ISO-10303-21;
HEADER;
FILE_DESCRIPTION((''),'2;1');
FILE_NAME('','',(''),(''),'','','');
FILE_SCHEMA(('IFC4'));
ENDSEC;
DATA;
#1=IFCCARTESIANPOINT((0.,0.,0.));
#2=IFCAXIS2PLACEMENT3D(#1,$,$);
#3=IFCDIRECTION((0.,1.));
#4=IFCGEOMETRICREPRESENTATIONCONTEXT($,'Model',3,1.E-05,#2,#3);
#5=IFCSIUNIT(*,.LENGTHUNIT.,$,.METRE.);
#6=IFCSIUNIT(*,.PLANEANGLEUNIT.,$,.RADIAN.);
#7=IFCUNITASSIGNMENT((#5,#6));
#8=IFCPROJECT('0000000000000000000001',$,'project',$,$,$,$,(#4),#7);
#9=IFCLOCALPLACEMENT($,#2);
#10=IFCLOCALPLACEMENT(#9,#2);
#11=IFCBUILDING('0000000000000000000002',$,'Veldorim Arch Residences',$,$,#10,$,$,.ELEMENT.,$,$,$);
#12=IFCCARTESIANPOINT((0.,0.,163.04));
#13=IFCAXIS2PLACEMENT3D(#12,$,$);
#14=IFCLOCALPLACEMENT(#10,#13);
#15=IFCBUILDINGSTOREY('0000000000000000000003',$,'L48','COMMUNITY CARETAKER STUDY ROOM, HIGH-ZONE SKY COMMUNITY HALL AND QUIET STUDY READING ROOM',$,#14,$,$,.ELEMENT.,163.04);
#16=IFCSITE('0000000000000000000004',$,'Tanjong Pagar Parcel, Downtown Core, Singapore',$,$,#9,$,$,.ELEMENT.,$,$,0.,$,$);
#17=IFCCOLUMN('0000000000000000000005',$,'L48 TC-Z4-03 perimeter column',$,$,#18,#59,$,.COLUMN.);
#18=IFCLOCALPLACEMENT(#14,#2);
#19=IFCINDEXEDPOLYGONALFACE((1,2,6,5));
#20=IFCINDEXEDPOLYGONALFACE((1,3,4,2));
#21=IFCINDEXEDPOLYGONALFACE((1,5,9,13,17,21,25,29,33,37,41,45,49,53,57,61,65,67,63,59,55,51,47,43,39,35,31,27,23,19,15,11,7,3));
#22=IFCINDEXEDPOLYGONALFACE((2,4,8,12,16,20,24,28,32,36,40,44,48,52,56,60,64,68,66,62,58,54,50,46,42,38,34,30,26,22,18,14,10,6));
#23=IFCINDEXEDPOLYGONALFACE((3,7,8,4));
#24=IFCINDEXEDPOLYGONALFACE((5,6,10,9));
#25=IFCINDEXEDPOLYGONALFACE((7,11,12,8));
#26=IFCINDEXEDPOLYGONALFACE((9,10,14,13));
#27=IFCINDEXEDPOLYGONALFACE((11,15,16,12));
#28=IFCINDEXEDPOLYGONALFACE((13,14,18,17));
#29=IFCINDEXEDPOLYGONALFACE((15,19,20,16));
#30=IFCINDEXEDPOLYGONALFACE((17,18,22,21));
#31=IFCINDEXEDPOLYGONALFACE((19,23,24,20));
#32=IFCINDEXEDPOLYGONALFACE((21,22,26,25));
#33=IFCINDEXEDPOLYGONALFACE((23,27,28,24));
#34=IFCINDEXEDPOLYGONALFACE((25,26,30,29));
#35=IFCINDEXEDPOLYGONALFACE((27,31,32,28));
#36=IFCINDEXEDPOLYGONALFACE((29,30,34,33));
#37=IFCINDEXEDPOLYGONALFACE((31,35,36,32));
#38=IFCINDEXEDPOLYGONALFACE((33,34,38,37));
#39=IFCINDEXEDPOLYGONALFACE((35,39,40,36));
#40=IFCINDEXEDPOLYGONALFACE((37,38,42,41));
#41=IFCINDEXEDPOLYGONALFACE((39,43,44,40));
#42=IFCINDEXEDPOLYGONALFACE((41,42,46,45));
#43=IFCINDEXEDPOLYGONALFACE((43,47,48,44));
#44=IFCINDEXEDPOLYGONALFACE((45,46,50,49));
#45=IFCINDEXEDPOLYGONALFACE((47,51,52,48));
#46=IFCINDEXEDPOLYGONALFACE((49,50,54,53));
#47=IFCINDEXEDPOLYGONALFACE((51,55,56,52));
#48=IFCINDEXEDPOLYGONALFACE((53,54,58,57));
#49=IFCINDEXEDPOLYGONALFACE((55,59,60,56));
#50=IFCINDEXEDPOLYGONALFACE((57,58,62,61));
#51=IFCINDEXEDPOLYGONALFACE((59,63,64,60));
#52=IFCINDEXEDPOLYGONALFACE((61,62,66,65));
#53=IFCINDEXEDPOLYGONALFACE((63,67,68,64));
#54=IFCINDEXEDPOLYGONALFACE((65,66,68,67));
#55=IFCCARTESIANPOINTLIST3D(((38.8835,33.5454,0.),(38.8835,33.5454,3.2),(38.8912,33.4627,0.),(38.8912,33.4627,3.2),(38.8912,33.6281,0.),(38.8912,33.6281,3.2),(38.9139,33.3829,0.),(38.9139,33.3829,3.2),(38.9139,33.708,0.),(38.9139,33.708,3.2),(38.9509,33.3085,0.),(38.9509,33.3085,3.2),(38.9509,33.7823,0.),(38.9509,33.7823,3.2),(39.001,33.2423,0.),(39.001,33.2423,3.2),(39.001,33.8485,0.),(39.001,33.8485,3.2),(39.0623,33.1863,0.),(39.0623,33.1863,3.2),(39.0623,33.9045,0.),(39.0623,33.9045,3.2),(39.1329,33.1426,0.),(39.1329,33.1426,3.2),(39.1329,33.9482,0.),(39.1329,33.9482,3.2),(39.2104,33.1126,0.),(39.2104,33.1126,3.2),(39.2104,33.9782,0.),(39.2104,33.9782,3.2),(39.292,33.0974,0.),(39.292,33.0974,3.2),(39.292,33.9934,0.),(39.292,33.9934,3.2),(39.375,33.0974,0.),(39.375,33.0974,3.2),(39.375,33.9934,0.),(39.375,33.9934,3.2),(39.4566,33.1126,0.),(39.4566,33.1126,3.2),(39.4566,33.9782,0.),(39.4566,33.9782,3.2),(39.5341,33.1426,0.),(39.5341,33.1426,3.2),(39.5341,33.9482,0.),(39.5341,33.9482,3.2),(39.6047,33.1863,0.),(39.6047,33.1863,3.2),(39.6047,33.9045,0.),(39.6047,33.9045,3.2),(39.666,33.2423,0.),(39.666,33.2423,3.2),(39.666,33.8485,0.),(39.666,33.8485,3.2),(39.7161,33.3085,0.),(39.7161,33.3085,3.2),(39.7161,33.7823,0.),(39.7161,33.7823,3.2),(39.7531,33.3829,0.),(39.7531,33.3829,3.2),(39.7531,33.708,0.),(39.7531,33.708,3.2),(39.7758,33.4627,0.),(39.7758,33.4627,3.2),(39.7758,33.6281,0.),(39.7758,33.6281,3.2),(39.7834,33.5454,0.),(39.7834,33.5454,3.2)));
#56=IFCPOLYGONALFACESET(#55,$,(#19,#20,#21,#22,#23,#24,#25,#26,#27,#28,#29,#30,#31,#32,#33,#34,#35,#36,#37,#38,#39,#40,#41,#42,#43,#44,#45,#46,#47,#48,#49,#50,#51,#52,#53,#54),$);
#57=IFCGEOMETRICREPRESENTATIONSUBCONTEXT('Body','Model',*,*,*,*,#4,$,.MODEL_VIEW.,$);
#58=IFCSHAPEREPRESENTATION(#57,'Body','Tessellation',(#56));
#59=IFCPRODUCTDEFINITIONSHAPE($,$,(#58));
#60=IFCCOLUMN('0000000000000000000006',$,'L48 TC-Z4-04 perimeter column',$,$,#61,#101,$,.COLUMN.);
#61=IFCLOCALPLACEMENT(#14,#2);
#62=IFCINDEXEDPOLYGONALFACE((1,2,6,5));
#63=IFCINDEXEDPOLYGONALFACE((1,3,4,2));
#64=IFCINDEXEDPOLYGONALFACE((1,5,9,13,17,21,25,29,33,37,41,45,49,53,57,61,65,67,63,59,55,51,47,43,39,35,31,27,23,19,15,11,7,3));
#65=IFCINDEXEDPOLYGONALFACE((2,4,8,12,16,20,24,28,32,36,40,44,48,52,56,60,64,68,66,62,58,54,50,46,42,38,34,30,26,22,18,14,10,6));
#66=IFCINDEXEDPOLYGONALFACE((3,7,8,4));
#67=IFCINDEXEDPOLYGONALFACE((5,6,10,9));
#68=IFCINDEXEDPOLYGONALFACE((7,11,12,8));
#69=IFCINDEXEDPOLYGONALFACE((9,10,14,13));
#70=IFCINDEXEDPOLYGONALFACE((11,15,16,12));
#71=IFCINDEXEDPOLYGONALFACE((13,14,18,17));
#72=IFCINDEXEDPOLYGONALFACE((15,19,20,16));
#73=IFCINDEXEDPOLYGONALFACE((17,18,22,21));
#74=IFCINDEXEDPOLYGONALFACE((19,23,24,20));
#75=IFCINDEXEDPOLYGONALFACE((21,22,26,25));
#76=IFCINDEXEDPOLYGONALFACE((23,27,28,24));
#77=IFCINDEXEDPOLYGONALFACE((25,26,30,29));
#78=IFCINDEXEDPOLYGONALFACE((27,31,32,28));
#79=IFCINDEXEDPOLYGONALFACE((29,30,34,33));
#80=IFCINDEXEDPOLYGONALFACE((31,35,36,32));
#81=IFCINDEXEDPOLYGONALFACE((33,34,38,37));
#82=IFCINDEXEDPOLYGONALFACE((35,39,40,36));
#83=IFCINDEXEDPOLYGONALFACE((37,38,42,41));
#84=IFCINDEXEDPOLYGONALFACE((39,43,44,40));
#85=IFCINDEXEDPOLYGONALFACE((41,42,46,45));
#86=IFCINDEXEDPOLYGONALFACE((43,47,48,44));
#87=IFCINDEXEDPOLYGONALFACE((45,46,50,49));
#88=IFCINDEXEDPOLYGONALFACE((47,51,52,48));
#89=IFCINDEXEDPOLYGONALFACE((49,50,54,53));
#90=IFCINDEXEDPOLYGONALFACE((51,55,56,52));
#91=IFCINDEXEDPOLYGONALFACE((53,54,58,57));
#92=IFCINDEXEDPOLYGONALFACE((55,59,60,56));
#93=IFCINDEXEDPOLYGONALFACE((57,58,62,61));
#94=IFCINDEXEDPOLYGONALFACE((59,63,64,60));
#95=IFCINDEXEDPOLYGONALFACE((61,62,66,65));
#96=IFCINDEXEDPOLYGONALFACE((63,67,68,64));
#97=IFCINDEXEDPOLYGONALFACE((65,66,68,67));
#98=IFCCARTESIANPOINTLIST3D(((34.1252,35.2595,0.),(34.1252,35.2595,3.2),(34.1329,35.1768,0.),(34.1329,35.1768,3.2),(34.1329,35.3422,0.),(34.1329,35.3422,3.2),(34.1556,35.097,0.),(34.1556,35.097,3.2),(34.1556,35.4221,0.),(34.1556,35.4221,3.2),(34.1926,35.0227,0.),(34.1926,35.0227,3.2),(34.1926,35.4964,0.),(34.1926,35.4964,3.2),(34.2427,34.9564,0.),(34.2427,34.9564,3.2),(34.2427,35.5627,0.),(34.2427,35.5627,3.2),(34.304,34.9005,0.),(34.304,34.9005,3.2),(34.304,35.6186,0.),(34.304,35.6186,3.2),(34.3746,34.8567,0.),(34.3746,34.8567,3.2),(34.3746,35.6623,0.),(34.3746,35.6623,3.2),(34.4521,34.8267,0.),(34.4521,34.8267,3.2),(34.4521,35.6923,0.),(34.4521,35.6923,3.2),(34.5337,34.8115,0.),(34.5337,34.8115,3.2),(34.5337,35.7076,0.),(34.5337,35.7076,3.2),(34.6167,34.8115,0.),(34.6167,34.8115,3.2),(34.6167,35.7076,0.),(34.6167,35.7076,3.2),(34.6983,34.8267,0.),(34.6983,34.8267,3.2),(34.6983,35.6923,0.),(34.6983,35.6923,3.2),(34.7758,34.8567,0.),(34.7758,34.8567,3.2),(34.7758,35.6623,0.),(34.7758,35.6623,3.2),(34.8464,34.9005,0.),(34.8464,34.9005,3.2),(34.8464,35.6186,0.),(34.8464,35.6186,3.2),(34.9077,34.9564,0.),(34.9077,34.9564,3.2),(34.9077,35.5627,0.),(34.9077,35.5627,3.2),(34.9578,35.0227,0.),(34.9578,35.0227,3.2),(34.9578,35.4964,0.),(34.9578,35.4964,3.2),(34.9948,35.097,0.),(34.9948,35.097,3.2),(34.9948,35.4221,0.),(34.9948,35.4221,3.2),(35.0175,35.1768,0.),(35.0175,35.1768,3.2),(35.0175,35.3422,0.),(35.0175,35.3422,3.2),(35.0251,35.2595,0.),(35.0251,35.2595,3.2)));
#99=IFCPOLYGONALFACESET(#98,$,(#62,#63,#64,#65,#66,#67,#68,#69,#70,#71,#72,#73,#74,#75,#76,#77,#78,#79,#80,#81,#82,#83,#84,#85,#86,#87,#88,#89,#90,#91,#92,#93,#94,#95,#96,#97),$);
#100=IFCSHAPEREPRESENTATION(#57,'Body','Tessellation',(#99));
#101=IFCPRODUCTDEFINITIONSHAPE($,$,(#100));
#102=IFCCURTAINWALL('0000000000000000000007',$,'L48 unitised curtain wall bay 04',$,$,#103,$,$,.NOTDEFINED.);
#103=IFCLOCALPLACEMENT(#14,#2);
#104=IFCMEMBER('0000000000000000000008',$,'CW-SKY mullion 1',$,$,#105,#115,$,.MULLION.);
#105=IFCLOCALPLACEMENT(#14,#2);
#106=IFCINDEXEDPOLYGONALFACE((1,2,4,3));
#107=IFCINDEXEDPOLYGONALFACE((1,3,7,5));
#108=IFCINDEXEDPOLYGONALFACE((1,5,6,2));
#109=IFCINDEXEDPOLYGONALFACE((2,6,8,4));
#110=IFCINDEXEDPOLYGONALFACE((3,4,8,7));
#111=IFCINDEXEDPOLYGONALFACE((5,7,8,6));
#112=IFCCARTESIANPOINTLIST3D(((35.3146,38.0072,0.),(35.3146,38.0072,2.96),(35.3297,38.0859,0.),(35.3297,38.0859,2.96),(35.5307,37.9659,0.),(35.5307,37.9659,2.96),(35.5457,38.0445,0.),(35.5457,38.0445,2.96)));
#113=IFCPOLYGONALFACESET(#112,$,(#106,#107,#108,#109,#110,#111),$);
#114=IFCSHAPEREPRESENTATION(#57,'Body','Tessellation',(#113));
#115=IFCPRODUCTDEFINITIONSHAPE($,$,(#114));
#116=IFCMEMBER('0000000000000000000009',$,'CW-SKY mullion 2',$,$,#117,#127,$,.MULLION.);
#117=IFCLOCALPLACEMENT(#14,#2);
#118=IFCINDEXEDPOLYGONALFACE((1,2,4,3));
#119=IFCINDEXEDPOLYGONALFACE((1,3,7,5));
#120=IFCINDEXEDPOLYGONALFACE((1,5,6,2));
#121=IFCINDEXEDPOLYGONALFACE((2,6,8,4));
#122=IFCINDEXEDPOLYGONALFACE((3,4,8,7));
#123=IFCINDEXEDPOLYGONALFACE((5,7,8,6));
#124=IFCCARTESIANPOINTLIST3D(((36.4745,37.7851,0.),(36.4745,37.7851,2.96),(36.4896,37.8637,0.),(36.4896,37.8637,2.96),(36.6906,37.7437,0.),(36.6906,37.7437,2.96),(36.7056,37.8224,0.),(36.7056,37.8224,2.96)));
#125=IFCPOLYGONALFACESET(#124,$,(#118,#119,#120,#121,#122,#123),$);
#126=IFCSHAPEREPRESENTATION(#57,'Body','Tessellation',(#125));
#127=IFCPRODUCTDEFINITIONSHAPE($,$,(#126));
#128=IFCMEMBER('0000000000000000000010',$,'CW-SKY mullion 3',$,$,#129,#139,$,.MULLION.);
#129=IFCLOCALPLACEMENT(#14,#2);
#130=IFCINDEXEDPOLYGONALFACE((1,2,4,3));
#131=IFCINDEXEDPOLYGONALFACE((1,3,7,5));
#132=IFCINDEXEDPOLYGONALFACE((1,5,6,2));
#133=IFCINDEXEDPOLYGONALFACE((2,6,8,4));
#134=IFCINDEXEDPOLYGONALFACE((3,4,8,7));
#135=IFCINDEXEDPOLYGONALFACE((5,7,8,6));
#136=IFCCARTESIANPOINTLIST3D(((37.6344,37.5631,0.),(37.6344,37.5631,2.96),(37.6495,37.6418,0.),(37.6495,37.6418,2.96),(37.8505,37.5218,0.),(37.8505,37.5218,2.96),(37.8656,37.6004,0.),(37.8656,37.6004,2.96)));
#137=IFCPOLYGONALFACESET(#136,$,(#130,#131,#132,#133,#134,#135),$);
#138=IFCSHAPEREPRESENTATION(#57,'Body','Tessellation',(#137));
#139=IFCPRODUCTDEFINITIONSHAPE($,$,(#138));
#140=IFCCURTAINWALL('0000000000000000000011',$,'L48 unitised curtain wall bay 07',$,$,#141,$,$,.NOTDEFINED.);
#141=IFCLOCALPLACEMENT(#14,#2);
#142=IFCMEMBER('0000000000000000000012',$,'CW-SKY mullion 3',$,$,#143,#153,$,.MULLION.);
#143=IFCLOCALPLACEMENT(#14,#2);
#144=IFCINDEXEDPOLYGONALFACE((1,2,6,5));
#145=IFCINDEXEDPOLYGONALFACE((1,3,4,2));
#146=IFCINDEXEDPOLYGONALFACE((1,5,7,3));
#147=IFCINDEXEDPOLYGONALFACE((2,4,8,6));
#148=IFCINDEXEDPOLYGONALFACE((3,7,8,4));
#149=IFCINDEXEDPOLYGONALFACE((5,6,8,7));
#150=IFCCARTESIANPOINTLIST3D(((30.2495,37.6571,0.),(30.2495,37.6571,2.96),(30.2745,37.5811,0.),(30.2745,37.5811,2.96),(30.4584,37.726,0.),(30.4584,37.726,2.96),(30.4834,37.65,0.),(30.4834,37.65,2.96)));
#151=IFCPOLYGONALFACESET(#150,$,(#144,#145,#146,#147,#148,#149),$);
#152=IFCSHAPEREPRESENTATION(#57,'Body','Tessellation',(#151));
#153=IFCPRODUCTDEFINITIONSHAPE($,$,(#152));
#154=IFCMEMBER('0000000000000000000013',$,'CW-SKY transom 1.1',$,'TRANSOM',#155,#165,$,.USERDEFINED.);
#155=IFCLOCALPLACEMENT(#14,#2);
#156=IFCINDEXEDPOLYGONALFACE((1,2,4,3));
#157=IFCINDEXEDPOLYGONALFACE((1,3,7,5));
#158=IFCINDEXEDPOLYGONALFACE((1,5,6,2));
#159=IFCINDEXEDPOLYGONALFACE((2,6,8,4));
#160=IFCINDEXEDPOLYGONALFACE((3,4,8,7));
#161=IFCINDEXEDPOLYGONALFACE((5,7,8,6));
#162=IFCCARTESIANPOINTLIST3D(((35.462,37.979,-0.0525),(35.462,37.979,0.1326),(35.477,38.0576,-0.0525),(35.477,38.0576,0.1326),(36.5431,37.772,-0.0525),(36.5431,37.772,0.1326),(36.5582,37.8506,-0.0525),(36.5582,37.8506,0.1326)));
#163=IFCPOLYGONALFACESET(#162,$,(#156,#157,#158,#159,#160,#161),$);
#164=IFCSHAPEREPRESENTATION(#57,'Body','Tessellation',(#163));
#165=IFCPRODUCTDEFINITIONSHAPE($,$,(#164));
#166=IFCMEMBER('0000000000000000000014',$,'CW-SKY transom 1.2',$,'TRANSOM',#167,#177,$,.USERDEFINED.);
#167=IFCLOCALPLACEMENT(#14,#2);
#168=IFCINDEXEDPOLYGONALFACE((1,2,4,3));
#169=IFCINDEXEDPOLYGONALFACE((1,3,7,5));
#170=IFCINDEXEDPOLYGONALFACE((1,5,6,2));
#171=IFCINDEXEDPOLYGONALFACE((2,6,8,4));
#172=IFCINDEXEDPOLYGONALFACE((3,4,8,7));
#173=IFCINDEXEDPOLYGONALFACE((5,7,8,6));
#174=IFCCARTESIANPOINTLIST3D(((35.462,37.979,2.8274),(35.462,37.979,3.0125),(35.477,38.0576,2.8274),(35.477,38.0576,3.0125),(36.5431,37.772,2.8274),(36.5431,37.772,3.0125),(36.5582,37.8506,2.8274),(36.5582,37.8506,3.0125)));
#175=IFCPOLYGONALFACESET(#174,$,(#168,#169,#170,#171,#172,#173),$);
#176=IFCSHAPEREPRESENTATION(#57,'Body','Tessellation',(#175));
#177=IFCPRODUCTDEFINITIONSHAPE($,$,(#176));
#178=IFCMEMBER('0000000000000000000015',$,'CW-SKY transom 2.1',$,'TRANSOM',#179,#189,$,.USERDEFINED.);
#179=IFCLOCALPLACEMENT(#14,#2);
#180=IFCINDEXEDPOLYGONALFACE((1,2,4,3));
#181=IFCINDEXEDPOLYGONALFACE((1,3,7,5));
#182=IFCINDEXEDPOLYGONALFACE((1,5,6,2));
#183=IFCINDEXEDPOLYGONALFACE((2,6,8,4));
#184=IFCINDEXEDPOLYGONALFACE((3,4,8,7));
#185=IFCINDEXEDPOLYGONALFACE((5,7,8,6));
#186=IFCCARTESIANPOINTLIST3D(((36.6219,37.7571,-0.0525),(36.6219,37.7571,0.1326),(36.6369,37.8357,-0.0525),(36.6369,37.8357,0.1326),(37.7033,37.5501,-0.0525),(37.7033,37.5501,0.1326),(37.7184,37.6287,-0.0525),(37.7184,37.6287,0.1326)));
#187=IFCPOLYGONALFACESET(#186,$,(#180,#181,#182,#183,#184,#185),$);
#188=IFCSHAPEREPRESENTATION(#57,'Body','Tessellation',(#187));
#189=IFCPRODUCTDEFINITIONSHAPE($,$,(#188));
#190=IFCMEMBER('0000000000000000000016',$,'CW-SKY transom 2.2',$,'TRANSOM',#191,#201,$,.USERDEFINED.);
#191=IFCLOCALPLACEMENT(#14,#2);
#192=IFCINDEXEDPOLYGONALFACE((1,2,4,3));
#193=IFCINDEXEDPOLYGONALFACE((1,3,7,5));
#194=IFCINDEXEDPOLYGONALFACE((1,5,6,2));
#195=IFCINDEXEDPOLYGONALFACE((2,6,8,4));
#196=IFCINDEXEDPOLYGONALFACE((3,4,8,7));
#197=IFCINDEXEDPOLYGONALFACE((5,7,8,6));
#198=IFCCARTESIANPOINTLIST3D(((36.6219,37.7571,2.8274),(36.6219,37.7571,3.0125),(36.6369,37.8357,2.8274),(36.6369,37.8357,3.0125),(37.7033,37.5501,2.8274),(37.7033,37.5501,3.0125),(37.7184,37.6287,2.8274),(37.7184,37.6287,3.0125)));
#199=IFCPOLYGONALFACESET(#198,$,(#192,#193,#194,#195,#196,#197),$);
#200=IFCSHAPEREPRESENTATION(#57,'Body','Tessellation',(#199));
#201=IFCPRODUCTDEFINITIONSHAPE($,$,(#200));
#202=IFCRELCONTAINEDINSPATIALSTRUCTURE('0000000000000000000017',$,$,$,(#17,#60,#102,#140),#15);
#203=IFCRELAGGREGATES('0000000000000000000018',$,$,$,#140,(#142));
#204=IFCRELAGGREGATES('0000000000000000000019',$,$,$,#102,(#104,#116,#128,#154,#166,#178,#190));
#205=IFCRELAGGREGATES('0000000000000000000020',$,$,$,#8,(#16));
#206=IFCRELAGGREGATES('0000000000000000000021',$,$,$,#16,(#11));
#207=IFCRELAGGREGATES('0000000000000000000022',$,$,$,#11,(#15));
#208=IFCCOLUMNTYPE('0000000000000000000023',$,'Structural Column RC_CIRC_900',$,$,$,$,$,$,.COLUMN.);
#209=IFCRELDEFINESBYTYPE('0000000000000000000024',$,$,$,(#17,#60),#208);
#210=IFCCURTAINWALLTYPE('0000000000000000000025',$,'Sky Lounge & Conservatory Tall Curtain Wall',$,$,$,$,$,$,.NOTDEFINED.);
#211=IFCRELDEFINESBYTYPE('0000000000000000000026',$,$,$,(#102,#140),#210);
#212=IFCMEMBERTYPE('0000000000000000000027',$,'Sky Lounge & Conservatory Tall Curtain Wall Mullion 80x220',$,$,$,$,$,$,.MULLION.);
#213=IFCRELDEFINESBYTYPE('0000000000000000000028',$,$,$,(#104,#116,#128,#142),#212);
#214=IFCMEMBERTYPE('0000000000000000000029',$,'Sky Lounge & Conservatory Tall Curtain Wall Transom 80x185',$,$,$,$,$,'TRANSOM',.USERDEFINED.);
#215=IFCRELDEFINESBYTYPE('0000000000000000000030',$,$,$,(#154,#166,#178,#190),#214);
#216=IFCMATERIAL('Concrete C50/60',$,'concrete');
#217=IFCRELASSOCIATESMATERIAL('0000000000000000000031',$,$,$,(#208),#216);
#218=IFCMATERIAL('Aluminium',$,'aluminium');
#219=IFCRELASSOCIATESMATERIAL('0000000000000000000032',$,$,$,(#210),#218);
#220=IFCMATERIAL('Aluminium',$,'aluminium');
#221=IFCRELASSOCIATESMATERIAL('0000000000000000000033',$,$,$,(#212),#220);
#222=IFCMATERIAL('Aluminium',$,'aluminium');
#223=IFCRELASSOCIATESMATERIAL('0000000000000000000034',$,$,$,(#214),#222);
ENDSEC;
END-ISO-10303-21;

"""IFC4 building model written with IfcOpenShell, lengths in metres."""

from ifc_helpers import new_model, si_unit, direction, frame, origin, origin_2d, place, context, subcontext, project, spatial, rectangle, circle, extrude, material, material_profile, profile_set, type_object, element, aggregate, save


model = new_model("IFC4")

# Units and contexts
model_context = context("Model", 3, precision=1e-05, world=origin(), true_north=direction((0.0, 1.0)))
body_context = subcontext(model_context, "Body", "Model", "MODEL_VIEW")
ifc_project = project(units=[si_unit("LENGTHUNIT", "METRE"), si_unit("PLANEANGLEUNIT", "RADIAN")], contexts=[model_context])

# Site, building, storey
site_placement = place(None, origin())
site = spatial("IfcSite", under=ifc_project, at=site_placement, Name="Tanjong Pagar Parcel, Downtown Core, Singapore", CompositionType="ELEMENT", RefElevation=0.0)
building_placement = place(site_placement, origin())
building = spatial("IfcBuilding", under=site, at=building_placement, Name="Veldorim Arch Residences", CompositionType="ELEMENT")
storey_placement = place(building_placement, frame((0.0, 0.0, 163.04)))
storey = spatial("IfcBuildingStorey", under=building, at=storey_placement, Name="L48", Description="COMMUNITY CARETAKER STUDY ROOM, HIGH-ZONE SKY COMMUNITY HALL AND QUIET STUDY READING ROOM", CompositionType="ELEMENT", Elevation=163.04)

# Columns
ifc_material_1 = material(Name="Concrete C50/60", Category="concrete")
ifc_material_profile_1 = material_profile(ifc_material_1, circle(Radius=0.45, at=origin_2d()), Name="RC_CIRC_900")
ifc_profile_set_1 = profile_set([ifc_material_profile_1], Name="Concrete C50/60")
column_type = type_object("IfcColumnType", Name="Structural Column RC_CIRC_900", PredefinedType="COLUMN", material=ifc_profile_set_1)
for number, where, z_axis, x_axis, name in (
    (1, (39.3335, 33.5454, 0.0), (0.0, 0.0, 1.0), (1.0, 0.0, 0.0), "L48 TC-Z4-03 perimeter column"),
    (2, (34.5752, 35.2595, 0.0), (0.0, 0.0, 1.0), (1.0, 0.0, 0.0), "L48 TC-Z4-04 perimeter column"),
):
    element("IfcColumn", number, at=place(storey_placement, frame(where, z_axis=z_axis, x_axis=x_axis)), inside=storey, type_object=column_type, Name=name, PredefinedType="COLUMN", context=body_context, shape_type="SweptSolid", body=[
        extrude(circle(Radius=0.45, at=origin_2d()), origin(), (0.0, 0.0, 1.0), 3.2),
    ])

# Curtain wall, members
ifc_material_2 = material(Name="Aluminium", Category="aluminium")
curtain_wall_type = type_object("IfcCurtainWallType", Name="Sky Lounge & Conservatory Tall Curtain Wall", PredefinedType="NOTDEFINED", material=ifc_material_2)
curtain_wall_1_placement = place(storey_placement, origin())
curtain_wall_1 = element("IfcCurtainWall", 3, at=curtain_wall_1_placement, inside=storey, type_object=curtain_wall_type, Name="L48 unitised curtain wall bay 04", PredefinedType="NOTDEFINED")
ifc_material_3 = material(Name="Aluminium", Category="aluminium")
ifc_material_profile_2 = material_profile(ifc_material_3, rectangle(XDim=0.0801, YDim=0.22, at=origin_2d()), Name="ALU_MUL_80x220")
ifc_profile_set_2 = profile_set([ifc_material_profile_2], Name="Aluminium")
member_type_1 = type_object("IfcMemberType", Name="Sky Lounge & Conservatory Tall Curtain Wall Mullion 80x220", PredefinedType="MULLION", material=ifc_profile_set_2)
member_1_placement = place(storey_placement, frame((35.4302, 38.0259, 0.0), z_axis=(0.0, 0.0, 1.0), x_axis=(0.187959, 0.982177, 0.0)))
member_1 = element("IfcMember", 4, at=member_1_placement, type_object=member_type_1, Name="CW-SKY mullion 1", PredefinedType="MULLION", context=body_context, shape_type="SweptSolid", body=[
    extrude(rectangle(XDim=0.0801, YDim=0.22, at=origin_2d()), origin(), (0.0, 0.0, 1.0), 2.96),
])
member_2_placement = place(storey_placement, frame((36.5901, 37.8037, 0.0), z_axis=(0.0, 0.0, 1.0), x_axis=(0.187959, 0.982177, 0.0)))
member_2 = element("IfcMember", 5, at=member_2_placement, type_object=member_type_1, Name="CW-SKY mullion 2", PredefinedType="MULLION", context=body_context, shape_type="SweptSolid", body=[
    extrude(rectangle(XDim=0.0801, YDim=0.22, at=origin_2d()), origin(), (0.0, 0.0, 1.0), 2.96),
])
member_3_placement = place(storey_placement, frame((37.75, 37.5818, 0.0), z_axis=(0.0, 0.0, 1.0), x_axis=(0.187959, 0.982177, 0.0)))
member_3 = element("IfcMember", 6, at=member_3_placement, type_object=member_type_1, Name="CW-SKY mullion 3", PredefinedType="MULLION", context=body_context, shape_type="SweptSolid", body=[
    extrude(rectangle(XDim=0.0801, YDim=0.22, at=origin_2d()), origin(), (0.0, 0.0, 1.0), 2.96),
])

# Curtain wall, member
curtain_wall_2_placement = place(storey_placement, origin())
curtain_wall_2 = element("IfcCurtainWall", 7, at=curtain_wall_2_placement, inside=storey, type_object=curtain_wall_type, Name="L48 unitised curtain wall bay 07", PredefinedType="NOTDEFINED")
member_4_placement = place(storey_placement, frame((30.3665, 37.6536, 0.0), z_axis=(0.0, 0.0, 1.0), x_axis=(-0.313182, 0.949693, 0.0)))
member_4 = element("IfcMember", 8, at=member_4_placement, type_object=member_type_1, Name="CW-SKY mullion 3", PredefinedType="MULLION", context=body_context, shape_type="SweptSolid", body=[
    extrude(rectangle(XDim=0.0801, YDim=0.22, at=origin_2d()), origin(), (0.0, 0.0, 1.0), 2.96),
])
aggregate(curtain_wall_2, [member_4])

# Members
ifc_material_4 = material(Name="Aluminium", Category="aluminium")
ifc_material_profile_3 = material_profile(ifc_material_4, rectangle(XDim=0.0801, YDim=0.1851, at=origin_2d()), Name="ALU_TRN_80x185")
ifc_profile_set_3 = profile_set([ifc_material_profile_3], Name="Aluminium")
member_type_2 = type_object("IfcMemberType", Name="Sky Lounge & Conservatory Tall Curtain Wall Transom 80x185", ElementType="TRANSOM", PredefinedType="USERDEFINED", material=ifc_profile_set_3)
member_5_placement = place(storey_placement, frame((35.4695, 38.0183, 0.04), z_axis=(0.98216, -0.18805, 0.0), x_axis=(0.18805, 0.98216, 0.0)))
member_5 = element("IfcMember", 9, at=member_5_placement, type_object=member_type_2, Name="CW-SKY transom 1.1", ObjectType="TRANSOM", PredefinedType="USERDEFINED", context=body_context, shape_type="SweptSolid", body=[
    extrude(rectangle(XDim=0.0801, YDim=0.1851, at=origin_2d()), origin(), (0.0, 0.0, 1.0), 1.1008),
])
member_6_placement = place(storey_placement, frame((35.4695, 38.0183, 2.9199), z_axis=(0.98216, -0.18805, 0.0), x_axis=(0.18805, 0.98216, 0.0)))
member_6 = element("IfcMember", 10, at=member_6_placement, type_object=member_type_2, Name="CW-SKY transom 1.2", ObjectType="TRANSOM", PredefinedType="USERDEFINED", context=body_context, shape_type="SweptSolid", body=[
    extrude(rectangle(XDim=0.0801, YDim=0.1851, at=origin_2d()), origin(), (0.0, 0.0, 1.0), 1.1008),
])
member_7_placement = place(storey_placement, frame((36.6294, 37.7964, 0.04), z_axis=(0.982167, -0.188009, 0.0), x_axis=(0.188009, 0.982167, 0.0)))
member_7 = element("IfcMember", 11, at=member_7_placement, type_object=member_type_2, Name="CW-SKY transom 2.1", ObjectType="TRANSOM", PredefinedType="USERDEFINED", context=body_context, shape_type="SweptSolid", body=[
    extrude(rectangle(XDim=0.0801, YDim=0.1851, at=origin_2d()), origin(), (0.0, 0.0, 1.0), 1.1011),
])
member_8_placement = place(storey_placement, frame((36.6294, 37.7964, 2.9199), z_axis=(0.982167, -0.188009, 0.0), x_axis=(0.188009, 0.982167, 0.0)))
member_8 = element("IfcMember", 12, at=member_8_placement, type_object=member_type_2, Name="CW-SKY transom 2.2", ObjectType="TRANSOM", PredefinedType="USERDEFINED", context=body_context, shape_type="SweptSolid", body=[
    extrude(rectangle(XDim=0.0801, YDim=0.1851, at=origin_2d()), origin(), (0.0, 0.0, 1.0), 1.1011),
])

aggregate(curtain_wall_1, [member_1, member_2, member_3, member_5, member_6, member_7, member_8])

save(model, "model.ifc")
